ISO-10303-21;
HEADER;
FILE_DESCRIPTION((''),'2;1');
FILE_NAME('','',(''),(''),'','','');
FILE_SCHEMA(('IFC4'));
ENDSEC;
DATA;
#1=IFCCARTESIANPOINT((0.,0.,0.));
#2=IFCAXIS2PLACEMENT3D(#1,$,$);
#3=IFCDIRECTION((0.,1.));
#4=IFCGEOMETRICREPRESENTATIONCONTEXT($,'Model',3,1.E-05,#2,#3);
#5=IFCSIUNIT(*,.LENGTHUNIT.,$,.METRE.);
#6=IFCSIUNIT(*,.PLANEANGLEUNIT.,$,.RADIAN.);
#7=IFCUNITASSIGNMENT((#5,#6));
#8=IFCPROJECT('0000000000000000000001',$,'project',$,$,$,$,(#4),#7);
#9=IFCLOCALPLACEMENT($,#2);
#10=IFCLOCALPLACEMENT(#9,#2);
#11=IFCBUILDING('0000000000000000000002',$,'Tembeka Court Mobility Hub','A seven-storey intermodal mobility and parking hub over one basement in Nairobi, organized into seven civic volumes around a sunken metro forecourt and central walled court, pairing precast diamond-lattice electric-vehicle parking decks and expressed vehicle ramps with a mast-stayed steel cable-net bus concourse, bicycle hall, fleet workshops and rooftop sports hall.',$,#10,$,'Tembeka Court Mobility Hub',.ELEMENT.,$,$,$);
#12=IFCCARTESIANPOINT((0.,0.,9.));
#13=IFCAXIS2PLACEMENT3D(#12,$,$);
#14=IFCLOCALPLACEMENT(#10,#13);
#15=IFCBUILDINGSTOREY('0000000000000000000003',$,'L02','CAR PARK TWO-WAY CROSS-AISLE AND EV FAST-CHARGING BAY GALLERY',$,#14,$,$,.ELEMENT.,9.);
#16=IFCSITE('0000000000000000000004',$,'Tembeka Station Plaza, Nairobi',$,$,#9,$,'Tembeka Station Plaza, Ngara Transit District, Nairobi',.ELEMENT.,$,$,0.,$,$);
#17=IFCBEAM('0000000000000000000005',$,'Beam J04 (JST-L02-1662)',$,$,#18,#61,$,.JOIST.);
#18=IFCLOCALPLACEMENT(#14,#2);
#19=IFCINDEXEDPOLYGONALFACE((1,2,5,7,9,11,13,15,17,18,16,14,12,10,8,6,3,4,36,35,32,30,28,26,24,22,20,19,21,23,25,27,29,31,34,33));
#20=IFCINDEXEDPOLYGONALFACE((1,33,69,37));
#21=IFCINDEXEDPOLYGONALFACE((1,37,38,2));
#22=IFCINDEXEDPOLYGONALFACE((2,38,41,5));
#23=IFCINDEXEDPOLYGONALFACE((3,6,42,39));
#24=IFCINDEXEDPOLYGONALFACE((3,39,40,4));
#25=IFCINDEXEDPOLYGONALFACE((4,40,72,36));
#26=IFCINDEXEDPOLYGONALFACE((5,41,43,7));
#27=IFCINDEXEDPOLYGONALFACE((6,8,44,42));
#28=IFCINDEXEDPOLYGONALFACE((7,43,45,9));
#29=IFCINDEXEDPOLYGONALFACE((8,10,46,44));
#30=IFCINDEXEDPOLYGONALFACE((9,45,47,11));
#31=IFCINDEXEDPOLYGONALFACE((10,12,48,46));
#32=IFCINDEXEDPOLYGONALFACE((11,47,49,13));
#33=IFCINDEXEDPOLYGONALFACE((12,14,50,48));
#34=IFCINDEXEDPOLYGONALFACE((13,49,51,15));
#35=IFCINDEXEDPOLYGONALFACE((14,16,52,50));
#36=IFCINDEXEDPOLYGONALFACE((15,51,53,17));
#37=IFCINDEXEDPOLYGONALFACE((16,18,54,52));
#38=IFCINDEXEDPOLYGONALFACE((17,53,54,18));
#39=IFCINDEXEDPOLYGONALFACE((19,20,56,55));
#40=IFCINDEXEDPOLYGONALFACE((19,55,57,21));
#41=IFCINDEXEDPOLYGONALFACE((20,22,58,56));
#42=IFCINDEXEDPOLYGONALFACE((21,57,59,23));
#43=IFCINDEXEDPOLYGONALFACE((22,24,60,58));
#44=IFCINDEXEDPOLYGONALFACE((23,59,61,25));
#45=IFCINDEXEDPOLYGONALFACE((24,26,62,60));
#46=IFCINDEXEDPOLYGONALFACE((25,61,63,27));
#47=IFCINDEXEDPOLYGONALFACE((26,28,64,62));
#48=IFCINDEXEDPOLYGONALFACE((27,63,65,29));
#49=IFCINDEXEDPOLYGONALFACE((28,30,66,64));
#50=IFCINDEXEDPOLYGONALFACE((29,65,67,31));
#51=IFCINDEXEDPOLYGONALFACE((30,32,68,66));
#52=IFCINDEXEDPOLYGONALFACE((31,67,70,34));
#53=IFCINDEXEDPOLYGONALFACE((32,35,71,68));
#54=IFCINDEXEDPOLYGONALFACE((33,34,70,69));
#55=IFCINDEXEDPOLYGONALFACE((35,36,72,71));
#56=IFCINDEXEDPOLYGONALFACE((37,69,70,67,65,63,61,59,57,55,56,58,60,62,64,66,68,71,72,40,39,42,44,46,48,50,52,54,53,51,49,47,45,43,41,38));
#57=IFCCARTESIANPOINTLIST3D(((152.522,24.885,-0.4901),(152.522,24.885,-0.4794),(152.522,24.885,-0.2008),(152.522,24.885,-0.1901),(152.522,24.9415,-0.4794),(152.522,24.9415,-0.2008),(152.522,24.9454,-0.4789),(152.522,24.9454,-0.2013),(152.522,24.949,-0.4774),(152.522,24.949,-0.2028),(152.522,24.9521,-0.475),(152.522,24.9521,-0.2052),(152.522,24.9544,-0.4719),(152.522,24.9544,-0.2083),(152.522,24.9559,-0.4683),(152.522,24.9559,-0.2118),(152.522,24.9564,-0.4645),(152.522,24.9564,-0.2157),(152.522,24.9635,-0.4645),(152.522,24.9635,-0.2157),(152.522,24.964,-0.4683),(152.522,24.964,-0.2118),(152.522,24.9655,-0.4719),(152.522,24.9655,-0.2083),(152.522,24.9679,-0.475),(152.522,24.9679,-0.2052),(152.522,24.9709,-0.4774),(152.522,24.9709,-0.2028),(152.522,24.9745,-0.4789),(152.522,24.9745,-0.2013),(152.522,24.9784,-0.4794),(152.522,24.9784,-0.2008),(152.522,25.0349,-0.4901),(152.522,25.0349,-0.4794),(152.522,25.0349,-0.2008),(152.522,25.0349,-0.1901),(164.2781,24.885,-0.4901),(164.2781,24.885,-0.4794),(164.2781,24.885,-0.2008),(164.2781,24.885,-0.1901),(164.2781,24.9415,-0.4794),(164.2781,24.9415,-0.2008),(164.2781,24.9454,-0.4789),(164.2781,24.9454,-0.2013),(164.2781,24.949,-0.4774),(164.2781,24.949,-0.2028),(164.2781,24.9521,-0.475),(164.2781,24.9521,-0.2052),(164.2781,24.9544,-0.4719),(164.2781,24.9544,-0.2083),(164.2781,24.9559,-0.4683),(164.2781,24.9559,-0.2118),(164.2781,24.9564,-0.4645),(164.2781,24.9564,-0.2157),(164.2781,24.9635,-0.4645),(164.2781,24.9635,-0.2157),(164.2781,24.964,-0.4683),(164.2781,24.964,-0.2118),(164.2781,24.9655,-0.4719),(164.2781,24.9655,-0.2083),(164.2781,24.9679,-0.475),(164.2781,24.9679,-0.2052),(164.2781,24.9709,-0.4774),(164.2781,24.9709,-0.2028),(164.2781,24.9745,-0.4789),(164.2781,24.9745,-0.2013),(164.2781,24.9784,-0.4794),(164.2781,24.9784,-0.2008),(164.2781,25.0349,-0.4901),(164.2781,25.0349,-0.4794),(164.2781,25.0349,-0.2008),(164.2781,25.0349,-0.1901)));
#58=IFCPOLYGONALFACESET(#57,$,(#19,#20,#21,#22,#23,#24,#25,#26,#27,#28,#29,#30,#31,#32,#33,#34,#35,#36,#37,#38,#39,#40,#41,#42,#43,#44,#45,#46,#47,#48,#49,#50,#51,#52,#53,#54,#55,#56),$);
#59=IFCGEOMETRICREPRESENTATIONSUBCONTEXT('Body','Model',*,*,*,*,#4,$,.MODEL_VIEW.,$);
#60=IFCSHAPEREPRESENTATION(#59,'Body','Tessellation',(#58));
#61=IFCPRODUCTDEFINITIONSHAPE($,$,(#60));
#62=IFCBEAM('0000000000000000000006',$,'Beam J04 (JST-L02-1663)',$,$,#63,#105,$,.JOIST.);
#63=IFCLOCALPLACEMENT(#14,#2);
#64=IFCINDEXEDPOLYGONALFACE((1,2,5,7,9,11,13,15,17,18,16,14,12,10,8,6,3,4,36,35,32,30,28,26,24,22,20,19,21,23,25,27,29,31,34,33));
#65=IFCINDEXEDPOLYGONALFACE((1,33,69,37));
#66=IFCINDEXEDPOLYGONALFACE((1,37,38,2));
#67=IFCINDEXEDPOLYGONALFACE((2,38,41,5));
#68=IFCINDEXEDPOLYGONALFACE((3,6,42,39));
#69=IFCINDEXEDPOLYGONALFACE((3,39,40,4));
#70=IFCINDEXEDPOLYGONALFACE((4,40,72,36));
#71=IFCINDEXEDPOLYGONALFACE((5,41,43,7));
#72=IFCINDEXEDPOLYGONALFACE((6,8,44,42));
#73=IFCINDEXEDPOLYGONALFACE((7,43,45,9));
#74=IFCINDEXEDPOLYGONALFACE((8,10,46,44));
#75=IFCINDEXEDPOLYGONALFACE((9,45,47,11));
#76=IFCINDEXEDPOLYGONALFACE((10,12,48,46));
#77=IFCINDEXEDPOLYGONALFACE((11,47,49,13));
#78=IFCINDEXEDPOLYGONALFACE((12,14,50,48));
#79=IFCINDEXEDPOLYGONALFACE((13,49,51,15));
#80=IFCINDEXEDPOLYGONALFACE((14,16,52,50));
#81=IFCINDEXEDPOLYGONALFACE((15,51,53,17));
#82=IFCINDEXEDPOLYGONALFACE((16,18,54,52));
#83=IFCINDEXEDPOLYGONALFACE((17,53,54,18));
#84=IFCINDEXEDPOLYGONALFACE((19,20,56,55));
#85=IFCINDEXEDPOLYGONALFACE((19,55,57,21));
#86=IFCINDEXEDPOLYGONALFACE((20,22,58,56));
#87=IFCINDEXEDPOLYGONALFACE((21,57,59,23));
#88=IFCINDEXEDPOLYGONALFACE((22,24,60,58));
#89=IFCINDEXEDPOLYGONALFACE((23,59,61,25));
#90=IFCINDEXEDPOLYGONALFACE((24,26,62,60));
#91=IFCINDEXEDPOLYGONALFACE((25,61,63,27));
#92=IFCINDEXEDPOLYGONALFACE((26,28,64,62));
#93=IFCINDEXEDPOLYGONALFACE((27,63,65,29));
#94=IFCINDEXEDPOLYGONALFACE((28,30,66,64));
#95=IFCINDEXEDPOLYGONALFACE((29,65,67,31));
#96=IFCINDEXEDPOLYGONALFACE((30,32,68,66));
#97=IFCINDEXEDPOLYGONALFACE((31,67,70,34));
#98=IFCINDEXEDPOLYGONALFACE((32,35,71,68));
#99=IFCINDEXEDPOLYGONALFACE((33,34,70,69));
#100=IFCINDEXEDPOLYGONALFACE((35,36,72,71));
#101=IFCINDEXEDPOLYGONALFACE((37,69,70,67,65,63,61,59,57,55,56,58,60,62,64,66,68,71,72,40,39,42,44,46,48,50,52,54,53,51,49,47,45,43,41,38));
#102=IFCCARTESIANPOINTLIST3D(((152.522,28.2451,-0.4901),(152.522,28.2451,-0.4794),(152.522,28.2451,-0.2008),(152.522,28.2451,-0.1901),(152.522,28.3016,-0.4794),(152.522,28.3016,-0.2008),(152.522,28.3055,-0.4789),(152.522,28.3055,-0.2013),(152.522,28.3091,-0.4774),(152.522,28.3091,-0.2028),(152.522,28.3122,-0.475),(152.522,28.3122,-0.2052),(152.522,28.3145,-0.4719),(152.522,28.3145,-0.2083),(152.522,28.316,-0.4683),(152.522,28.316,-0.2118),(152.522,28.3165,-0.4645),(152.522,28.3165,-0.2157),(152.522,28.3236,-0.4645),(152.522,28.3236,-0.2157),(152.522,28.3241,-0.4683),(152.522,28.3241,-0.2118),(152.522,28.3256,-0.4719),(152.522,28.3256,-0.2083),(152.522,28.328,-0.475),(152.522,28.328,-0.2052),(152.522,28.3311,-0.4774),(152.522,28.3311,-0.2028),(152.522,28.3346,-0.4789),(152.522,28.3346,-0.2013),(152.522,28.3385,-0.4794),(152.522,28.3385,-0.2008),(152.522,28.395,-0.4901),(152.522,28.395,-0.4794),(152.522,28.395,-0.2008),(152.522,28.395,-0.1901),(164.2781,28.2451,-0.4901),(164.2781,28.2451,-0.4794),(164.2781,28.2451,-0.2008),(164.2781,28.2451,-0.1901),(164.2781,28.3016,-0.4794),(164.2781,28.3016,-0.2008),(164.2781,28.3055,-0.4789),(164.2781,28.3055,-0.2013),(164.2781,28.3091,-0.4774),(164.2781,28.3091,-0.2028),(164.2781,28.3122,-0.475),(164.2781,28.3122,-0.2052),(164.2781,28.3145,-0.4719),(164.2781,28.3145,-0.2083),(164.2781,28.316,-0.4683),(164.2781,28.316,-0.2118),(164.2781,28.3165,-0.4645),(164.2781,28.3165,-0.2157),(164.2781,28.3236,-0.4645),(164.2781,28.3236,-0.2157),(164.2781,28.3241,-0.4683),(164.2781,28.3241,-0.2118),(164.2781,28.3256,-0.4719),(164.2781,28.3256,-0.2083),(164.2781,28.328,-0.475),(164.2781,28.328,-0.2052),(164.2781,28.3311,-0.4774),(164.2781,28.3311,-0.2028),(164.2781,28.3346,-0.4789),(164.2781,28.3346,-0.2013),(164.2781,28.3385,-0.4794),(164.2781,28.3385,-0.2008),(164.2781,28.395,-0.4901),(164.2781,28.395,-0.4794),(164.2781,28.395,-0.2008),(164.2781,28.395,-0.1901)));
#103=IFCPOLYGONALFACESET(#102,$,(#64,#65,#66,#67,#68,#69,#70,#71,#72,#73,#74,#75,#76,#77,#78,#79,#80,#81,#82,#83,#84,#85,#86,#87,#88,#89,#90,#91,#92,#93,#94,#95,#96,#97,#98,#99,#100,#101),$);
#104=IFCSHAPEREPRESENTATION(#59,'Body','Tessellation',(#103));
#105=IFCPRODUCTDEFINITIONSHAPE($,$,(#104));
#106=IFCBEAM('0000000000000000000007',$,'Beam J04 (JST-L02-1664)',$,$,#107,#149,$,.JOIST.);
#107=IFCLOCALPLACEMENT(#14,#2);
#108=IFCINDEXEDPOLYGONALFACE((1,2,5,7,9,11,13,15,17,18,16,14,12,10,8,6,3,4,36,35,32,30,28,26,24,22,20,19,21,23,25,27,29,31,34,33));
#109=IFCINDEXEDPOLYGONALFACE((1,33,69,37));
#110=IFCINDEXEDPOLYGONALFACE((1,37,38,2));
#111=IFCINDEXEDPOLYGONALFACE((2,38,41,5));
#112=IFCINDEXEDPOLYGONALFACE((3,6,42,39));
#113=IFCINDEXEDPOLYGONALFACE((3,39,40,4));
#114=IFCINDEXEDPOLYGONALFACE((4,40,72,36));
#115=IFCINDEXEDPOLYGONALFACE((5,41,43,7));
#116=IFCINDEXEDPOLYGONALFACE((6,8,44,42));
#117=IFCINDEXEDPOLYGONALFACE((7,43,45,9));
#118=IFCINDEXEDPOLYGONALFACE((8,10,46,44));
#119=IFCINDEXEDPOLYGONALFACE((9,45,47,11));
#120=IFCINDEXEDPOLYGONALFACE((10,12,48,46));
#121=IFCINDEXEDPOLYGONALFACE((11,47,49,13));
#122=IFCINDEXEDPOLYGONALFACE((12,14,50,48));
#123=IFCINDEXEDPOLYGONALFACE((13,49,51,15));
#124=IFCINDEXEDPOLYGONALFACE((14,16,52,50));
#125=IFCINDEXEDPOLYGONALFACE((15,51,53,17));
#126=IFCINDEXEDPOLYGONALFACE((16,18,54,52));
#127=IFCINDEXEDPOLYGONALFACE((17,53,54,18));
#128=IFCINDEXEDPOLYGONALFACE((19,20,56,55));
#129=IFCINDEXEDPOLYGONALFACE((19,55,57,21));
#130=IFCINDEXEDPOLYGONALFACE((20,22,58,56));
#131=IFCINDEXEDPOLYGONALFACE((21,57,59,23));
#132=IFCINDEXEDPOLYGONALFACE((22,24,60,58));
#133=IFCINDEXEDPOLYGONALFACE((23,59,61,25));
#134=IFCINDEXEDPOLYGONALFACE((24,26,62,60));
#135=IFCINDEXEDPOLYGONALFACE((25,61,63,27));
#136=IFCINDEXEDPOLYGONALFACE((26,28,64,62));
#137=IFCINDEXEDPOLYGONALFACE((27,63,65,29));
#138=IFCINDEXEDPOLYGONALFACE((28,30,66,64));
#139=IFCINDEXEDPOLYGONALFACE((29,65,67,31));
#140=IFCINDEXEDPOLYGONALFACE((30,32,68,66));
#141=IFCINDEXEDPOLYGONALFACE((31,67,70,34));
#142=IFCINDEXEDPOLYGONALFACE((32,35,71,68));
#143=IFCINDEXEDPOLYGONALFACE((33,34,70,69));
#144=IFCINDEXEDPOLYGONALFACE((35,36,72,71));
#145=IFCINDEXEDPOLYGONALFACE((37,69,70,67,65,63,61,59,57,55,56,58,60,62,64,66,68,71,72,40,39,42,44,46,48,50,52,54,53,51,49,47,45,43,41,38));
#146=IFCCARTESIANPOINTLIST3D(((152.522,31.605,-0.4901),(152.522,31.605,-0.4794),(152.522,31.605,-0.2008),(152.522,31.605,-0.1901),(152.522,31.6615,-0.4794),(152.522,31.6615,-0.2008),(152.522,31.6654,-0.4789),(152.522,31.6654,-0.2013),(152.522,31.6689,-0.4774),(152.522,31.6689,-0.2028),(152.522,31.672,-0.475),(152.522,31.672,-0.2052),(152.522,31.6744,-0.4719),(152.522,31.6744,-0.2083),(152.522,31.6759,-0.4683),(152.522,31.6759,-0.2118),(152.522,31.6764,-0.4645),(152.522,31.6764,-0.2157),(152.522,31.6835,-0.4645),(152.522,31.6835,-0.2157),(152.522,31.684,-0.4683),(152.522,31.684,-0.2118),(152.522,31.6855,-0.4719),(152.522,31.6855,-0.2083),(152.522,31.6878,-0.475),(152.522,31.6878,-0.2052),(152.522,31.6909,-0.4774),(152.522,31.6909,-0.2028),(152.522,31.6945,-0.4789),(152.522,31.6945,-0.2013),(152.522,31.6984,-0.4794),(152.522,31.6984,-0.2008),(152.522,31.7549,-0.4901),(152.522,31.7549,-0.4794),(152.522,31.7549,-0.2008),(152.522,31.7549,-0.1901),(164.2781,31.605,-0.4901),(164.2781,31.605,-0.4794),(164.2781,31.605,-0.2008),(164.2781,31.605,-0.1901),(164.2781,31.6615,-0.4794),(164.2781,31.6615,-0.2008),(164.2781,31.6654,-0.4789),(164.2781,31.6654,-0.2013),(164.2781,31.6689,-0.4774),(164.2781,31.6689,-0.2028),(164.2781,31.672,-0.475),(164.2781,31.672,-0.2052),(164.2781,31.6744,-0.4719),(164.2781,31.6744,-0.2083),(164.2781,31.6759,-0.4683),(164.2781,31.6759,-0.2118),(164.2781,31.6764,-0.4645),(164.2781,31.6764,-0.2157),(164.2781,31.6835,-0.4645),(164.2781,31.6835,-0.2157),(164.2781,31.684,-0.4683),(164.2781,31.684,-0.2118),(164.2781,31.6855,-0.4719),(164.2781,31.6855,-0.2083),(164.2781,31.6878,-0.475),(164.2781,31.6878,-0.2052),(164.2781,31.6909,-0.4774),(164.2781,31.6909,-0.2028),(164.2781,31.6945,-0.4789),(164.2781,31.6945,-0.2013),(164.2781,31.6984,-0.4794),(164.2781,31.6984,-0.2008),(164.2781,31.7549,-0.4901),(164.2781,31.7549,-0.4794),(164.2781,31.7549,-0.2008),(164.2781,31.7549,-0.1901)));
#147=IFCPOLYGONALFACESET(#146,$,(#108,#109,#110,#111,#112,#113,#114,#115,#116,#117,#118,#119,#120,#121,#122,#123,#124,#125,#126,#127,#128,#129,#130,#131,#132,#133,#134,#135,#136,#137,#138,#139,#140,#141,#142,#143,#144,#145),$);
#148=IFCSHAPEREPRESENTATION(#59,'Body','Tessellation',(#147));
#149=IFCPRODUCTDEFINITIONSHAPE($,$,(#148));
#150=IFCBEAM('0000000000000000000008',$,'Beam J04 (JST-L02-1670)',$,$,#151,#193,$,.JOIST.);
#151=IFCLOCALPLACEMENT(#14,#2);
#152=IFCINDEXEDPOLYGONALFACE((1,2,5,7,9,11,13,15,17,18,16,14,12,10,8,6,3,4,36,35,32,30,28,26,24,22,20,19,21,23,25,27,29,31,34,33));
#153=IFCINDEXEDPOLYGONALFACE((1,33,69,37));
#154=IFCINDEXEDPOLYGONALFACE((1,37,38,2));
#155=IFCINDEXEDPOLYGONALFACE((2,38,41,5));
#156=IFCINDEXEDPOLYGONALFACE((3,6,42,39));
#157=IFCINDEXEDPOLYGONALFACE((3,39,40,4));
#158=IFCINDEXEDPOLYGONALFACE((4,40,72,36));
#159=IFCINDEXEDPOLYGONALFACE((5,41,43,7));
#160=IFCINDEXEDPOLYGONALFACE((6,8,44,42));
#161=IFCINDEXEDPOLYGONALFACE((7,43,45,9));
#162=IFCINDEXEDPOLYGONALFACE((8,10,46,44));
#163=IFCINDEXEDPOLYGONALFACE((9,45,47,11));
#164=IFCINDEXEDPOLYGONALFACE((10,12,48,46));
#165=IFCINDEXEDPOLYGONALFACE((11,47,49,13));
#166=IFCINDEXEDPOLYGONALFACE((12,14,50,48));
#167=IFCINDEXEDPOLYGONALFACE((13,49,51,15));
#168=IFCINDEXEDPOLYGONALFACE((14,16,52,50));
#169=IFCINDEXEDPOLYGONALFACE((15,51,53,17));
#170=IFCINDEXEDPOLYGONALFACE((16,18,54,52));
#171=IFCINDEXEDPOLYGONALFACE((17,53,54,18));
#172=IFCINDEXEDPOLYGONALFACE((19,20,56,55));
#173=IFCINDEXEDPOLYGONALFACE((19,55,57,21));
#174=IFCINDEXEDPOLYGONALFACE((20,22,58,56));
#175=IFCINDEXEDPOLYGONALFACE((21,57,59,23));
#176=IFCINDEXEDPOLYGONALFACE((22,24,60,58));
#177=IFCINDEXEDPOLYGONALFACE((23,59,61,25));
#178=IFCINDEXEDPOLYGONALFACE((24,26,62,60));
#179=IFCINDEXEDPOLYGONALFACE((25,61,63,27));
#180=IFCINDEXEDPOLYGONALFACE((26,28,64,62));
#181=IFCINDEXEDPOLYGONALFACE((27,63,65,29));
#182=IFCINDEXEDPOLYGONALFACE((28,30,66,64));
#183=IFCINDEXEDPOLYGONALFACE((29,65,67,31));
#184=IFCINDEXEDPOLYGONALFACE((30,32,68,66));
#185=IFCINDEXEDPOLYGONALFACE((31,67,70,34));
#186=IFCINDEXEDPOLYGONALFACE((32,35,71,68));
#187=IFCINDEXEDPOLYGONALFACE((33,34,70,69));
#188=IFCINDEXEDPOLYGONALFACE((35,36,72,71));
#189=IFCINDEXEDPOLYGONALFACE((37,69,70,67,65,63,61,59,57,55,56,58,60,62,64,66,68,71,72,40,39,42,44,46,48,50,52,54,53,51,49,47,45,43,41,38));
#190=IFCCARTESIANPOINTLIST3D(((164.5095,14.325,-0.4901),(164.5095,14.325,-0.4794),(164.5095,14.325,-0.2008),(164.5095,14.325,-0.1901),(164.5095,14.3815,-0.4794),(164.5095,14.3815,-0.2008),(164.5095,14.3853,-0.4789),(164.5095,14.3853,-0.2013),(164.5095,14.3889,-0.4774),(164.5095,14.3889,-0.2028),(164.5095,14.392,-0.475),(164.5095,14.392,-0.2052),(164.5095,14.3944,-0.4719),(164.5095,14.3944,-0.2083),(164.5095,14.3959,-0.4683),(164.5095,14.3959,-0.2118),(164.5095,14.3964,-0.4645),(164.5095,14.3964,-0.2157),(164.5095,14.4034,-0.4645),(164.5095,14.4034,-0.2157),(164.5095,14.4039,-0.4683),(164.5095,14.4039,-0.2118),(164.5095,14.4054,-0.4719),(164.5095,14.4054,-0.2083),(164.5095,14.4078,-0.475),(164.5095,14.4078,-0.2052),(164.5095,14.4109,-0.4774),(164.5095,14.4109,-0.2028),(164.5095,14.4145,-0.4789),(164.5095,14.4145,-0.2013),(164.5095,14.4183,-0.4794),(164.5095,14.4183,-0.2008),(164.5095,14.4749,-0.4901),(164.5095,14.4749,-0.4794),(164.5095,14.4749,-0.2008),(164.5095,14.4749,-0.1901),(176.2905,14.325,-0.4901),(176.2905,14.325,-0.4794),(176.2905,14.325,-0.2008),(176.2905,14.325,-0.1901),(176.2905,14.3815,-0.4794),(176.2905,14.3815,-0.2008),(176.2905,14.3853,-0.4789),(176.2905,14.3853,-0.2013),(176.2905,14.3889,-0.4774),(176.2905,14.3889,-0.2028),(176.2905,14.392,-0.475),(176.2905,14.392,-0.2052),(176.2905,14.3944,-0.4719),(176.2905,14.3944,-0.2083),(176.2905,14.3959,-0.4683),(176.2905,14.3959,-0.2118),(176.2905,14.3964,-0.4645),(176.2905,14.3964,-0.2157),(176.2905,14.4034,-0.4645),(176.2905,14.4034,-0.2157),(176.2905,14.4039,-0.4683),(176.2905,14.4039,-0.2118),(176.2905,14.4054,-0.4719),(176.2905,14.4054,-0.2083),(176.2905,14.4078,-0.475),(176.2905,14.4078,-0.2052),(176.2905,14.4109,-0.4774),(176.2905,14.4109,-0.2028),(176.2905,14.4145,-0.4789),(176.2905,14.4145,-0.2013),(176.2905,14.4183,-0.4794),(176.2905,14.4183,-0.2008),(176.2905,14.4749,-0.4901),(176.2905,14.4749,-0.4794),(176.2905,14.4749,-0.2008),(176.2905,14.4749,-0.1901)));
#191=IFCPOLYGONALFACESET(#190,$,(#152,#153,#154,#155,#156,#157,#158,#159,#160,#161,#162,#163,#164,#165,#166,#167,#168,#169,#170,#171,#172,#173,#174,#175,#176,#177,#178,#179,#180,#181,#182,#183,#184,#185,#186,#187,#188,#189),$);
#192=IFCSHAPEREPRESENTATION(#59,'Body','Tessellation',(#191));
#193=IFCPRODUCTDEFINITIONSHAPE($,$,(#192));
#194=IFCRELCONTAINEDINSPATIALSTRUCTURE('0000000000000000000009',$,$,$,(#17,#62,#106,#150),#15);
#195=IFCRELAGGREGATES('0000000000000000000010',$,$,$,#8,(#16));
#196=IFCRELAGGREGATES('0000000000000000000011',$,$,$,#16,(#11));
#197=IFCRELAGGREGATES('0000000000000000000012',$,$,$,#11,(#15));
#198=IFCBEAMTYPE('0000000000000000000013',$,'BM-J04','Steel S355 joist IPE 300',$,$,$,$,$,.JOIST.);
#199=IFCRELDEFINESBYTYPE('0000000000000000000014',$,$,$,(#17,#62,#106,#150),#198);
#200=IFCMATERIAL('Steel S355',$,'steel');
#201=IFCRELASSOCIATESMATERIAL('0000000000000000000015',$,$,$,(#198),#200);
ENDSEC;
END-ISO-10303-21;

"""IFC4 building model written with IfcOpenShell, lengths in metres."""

from ifc_helpers import new_model, si_unit, direction, frame, origin, origin_2d, place, context, subcontext, project, spatial, i_section, extrude, material, material_profile, profile_set, type_object, element, save


model = new_model("IFC4")

# Units and contexts
model_context = context("Model", 3, precision=1e-05, world=origin(), true_north=direction((0.0, 1.0)))
body_context = subcontext(model_context, "Body", "Model", "MODEL_VIEW")
ifc_project = project(units=[si_unit("LENGTHUNIT", "METRE"), si_unit("PLANEANGLEUNIT", "RADIAN")], contexts=[model_context])

# Site, building, storey
site_placement = place(None, origin())
site = spatial("IfcSite", under=ifc_project, at=site_placement, Name="Tembeka Station Plaza, Nairobi", LongName="Tembeka Station Plaza, Ngara Transit District, Nairobi", CompositionType="ELEMENT", RefElevation=0.0)
building_placement = place(site_placement, origin())
building = spatial("IfcBuilding", under=site, at=building_placement, Name="Tembeka Court Mobility Hub", Description="A seven-storey intermodal mobility and parking hub over one basement in Nairobi, organized into seven civic volumes around a sunken metro forecourt and central walled court, pairing precast diamond-lattice electric-vehicle parking decks and expressed vehicle ramps with a mast-stayed steel cable-net bus concourse, bicycle hall, fleet workshops and rooftop sports hall.", LongName="Tembeka Court Mobility Hub", CompositionType="ELEMENT")
storey_placement = place(building_placement, frame((0.0, 0.0, 9.0)))
storey = spatial("IfcBuildingStorey", under=building, at=storey_placement, Name="L02", Description="CAR PARK TWO-WAY CROSS-AISLE AND EV FAST-CHARGING BAY GALLERY", CompositionType="ELEMENT", Elevation=9.0)

# Shared definitions
ifc_material_1 = material(Name="Steel S355", Category="steel")

# Beams
ifc_material_profile_1 = material_profile(ifc_material_1, i_section(OverallWidth=0.1499, OverallDepth=0.3, WebThickness=0.0071, FlangeThickness=0.0107, FilletRadius=0.0149, at=origin_2d()), Name="IPE 300")
ifc_profile_set_1 = profile_set([ifc_material_profile_1], Name="Steel S355")
beam_type_1 = type_object("IfcBeamType", Name="BM-J04", Description="Steel S355 joist IPE 300", PredefinedType="JOIST", material=ifc_profile_set_1)
for number, where, z_axis, x_axis, name in (
    (1, (152.522, 24.96, -0.3401), (1.0, 0.0, 0.0), (0.0, 1.0, 0.0), "Beam J04 (JST-L02-1662)"),
    (2, (152.522, 28.3201, -0.3401), (1.0, 0.0, 0.0), (0.0, 1.0, 0.0), "Beam J04 (JST-L02-1663)"),
    (3, (152.522, 31.6799, -0.3401), (1.0, 0.0, 0.0), (0.0, 1.0, 0.0), "Beam J04 (JST-L02-1664)"),
):
    element("IfcBeam", number, at=place(storey_placement, frame(where, z_axis=z_axis, x_axis=x_axis)), inside=storey, type_object=beam_type_1, Name=name, PredefinedType="JOIST", context=body_context, shape_type="SweptSolid", body=[
        extrude(i_section(OverallWidth=0.1499, OverallDepth=0.3, WebThickness=0.0071, FlangeThickness=0.0107, FilletRadius=0.0149, at=origin_2d()), origin(), (0.0, 0.0, 1.0), 11.7561),
    ])
for number, where, z_axis, x_axis, name in (
    (4, (164.5095, 14.3999, -0.3401), (1.0, 0.0, 0.0), (0.0, 1.0, 0.0), "Beam J04 (JST-L02-1670)"),
):
    element("IfcBeam", number, at=place(storey_placement, frame(where, z_axis=z_axis, x_axis=x_axis)), inside=storey, type_object=beam_type_1, Name=name, PredefinedType="JOIST", context=body_context, shape_type="SweptSolid", body=[
        extrude(i_section(OverallWidth=0.1499, OverallDepth=0.3, WebThickness=0.0071, FlangeThickness=0.0107, FilletRadius=0.0149, at=origin_2d()), origin(), (0.0, 0.0, 1.0), 11.781),
    ])

save(model, "model.ifc")
